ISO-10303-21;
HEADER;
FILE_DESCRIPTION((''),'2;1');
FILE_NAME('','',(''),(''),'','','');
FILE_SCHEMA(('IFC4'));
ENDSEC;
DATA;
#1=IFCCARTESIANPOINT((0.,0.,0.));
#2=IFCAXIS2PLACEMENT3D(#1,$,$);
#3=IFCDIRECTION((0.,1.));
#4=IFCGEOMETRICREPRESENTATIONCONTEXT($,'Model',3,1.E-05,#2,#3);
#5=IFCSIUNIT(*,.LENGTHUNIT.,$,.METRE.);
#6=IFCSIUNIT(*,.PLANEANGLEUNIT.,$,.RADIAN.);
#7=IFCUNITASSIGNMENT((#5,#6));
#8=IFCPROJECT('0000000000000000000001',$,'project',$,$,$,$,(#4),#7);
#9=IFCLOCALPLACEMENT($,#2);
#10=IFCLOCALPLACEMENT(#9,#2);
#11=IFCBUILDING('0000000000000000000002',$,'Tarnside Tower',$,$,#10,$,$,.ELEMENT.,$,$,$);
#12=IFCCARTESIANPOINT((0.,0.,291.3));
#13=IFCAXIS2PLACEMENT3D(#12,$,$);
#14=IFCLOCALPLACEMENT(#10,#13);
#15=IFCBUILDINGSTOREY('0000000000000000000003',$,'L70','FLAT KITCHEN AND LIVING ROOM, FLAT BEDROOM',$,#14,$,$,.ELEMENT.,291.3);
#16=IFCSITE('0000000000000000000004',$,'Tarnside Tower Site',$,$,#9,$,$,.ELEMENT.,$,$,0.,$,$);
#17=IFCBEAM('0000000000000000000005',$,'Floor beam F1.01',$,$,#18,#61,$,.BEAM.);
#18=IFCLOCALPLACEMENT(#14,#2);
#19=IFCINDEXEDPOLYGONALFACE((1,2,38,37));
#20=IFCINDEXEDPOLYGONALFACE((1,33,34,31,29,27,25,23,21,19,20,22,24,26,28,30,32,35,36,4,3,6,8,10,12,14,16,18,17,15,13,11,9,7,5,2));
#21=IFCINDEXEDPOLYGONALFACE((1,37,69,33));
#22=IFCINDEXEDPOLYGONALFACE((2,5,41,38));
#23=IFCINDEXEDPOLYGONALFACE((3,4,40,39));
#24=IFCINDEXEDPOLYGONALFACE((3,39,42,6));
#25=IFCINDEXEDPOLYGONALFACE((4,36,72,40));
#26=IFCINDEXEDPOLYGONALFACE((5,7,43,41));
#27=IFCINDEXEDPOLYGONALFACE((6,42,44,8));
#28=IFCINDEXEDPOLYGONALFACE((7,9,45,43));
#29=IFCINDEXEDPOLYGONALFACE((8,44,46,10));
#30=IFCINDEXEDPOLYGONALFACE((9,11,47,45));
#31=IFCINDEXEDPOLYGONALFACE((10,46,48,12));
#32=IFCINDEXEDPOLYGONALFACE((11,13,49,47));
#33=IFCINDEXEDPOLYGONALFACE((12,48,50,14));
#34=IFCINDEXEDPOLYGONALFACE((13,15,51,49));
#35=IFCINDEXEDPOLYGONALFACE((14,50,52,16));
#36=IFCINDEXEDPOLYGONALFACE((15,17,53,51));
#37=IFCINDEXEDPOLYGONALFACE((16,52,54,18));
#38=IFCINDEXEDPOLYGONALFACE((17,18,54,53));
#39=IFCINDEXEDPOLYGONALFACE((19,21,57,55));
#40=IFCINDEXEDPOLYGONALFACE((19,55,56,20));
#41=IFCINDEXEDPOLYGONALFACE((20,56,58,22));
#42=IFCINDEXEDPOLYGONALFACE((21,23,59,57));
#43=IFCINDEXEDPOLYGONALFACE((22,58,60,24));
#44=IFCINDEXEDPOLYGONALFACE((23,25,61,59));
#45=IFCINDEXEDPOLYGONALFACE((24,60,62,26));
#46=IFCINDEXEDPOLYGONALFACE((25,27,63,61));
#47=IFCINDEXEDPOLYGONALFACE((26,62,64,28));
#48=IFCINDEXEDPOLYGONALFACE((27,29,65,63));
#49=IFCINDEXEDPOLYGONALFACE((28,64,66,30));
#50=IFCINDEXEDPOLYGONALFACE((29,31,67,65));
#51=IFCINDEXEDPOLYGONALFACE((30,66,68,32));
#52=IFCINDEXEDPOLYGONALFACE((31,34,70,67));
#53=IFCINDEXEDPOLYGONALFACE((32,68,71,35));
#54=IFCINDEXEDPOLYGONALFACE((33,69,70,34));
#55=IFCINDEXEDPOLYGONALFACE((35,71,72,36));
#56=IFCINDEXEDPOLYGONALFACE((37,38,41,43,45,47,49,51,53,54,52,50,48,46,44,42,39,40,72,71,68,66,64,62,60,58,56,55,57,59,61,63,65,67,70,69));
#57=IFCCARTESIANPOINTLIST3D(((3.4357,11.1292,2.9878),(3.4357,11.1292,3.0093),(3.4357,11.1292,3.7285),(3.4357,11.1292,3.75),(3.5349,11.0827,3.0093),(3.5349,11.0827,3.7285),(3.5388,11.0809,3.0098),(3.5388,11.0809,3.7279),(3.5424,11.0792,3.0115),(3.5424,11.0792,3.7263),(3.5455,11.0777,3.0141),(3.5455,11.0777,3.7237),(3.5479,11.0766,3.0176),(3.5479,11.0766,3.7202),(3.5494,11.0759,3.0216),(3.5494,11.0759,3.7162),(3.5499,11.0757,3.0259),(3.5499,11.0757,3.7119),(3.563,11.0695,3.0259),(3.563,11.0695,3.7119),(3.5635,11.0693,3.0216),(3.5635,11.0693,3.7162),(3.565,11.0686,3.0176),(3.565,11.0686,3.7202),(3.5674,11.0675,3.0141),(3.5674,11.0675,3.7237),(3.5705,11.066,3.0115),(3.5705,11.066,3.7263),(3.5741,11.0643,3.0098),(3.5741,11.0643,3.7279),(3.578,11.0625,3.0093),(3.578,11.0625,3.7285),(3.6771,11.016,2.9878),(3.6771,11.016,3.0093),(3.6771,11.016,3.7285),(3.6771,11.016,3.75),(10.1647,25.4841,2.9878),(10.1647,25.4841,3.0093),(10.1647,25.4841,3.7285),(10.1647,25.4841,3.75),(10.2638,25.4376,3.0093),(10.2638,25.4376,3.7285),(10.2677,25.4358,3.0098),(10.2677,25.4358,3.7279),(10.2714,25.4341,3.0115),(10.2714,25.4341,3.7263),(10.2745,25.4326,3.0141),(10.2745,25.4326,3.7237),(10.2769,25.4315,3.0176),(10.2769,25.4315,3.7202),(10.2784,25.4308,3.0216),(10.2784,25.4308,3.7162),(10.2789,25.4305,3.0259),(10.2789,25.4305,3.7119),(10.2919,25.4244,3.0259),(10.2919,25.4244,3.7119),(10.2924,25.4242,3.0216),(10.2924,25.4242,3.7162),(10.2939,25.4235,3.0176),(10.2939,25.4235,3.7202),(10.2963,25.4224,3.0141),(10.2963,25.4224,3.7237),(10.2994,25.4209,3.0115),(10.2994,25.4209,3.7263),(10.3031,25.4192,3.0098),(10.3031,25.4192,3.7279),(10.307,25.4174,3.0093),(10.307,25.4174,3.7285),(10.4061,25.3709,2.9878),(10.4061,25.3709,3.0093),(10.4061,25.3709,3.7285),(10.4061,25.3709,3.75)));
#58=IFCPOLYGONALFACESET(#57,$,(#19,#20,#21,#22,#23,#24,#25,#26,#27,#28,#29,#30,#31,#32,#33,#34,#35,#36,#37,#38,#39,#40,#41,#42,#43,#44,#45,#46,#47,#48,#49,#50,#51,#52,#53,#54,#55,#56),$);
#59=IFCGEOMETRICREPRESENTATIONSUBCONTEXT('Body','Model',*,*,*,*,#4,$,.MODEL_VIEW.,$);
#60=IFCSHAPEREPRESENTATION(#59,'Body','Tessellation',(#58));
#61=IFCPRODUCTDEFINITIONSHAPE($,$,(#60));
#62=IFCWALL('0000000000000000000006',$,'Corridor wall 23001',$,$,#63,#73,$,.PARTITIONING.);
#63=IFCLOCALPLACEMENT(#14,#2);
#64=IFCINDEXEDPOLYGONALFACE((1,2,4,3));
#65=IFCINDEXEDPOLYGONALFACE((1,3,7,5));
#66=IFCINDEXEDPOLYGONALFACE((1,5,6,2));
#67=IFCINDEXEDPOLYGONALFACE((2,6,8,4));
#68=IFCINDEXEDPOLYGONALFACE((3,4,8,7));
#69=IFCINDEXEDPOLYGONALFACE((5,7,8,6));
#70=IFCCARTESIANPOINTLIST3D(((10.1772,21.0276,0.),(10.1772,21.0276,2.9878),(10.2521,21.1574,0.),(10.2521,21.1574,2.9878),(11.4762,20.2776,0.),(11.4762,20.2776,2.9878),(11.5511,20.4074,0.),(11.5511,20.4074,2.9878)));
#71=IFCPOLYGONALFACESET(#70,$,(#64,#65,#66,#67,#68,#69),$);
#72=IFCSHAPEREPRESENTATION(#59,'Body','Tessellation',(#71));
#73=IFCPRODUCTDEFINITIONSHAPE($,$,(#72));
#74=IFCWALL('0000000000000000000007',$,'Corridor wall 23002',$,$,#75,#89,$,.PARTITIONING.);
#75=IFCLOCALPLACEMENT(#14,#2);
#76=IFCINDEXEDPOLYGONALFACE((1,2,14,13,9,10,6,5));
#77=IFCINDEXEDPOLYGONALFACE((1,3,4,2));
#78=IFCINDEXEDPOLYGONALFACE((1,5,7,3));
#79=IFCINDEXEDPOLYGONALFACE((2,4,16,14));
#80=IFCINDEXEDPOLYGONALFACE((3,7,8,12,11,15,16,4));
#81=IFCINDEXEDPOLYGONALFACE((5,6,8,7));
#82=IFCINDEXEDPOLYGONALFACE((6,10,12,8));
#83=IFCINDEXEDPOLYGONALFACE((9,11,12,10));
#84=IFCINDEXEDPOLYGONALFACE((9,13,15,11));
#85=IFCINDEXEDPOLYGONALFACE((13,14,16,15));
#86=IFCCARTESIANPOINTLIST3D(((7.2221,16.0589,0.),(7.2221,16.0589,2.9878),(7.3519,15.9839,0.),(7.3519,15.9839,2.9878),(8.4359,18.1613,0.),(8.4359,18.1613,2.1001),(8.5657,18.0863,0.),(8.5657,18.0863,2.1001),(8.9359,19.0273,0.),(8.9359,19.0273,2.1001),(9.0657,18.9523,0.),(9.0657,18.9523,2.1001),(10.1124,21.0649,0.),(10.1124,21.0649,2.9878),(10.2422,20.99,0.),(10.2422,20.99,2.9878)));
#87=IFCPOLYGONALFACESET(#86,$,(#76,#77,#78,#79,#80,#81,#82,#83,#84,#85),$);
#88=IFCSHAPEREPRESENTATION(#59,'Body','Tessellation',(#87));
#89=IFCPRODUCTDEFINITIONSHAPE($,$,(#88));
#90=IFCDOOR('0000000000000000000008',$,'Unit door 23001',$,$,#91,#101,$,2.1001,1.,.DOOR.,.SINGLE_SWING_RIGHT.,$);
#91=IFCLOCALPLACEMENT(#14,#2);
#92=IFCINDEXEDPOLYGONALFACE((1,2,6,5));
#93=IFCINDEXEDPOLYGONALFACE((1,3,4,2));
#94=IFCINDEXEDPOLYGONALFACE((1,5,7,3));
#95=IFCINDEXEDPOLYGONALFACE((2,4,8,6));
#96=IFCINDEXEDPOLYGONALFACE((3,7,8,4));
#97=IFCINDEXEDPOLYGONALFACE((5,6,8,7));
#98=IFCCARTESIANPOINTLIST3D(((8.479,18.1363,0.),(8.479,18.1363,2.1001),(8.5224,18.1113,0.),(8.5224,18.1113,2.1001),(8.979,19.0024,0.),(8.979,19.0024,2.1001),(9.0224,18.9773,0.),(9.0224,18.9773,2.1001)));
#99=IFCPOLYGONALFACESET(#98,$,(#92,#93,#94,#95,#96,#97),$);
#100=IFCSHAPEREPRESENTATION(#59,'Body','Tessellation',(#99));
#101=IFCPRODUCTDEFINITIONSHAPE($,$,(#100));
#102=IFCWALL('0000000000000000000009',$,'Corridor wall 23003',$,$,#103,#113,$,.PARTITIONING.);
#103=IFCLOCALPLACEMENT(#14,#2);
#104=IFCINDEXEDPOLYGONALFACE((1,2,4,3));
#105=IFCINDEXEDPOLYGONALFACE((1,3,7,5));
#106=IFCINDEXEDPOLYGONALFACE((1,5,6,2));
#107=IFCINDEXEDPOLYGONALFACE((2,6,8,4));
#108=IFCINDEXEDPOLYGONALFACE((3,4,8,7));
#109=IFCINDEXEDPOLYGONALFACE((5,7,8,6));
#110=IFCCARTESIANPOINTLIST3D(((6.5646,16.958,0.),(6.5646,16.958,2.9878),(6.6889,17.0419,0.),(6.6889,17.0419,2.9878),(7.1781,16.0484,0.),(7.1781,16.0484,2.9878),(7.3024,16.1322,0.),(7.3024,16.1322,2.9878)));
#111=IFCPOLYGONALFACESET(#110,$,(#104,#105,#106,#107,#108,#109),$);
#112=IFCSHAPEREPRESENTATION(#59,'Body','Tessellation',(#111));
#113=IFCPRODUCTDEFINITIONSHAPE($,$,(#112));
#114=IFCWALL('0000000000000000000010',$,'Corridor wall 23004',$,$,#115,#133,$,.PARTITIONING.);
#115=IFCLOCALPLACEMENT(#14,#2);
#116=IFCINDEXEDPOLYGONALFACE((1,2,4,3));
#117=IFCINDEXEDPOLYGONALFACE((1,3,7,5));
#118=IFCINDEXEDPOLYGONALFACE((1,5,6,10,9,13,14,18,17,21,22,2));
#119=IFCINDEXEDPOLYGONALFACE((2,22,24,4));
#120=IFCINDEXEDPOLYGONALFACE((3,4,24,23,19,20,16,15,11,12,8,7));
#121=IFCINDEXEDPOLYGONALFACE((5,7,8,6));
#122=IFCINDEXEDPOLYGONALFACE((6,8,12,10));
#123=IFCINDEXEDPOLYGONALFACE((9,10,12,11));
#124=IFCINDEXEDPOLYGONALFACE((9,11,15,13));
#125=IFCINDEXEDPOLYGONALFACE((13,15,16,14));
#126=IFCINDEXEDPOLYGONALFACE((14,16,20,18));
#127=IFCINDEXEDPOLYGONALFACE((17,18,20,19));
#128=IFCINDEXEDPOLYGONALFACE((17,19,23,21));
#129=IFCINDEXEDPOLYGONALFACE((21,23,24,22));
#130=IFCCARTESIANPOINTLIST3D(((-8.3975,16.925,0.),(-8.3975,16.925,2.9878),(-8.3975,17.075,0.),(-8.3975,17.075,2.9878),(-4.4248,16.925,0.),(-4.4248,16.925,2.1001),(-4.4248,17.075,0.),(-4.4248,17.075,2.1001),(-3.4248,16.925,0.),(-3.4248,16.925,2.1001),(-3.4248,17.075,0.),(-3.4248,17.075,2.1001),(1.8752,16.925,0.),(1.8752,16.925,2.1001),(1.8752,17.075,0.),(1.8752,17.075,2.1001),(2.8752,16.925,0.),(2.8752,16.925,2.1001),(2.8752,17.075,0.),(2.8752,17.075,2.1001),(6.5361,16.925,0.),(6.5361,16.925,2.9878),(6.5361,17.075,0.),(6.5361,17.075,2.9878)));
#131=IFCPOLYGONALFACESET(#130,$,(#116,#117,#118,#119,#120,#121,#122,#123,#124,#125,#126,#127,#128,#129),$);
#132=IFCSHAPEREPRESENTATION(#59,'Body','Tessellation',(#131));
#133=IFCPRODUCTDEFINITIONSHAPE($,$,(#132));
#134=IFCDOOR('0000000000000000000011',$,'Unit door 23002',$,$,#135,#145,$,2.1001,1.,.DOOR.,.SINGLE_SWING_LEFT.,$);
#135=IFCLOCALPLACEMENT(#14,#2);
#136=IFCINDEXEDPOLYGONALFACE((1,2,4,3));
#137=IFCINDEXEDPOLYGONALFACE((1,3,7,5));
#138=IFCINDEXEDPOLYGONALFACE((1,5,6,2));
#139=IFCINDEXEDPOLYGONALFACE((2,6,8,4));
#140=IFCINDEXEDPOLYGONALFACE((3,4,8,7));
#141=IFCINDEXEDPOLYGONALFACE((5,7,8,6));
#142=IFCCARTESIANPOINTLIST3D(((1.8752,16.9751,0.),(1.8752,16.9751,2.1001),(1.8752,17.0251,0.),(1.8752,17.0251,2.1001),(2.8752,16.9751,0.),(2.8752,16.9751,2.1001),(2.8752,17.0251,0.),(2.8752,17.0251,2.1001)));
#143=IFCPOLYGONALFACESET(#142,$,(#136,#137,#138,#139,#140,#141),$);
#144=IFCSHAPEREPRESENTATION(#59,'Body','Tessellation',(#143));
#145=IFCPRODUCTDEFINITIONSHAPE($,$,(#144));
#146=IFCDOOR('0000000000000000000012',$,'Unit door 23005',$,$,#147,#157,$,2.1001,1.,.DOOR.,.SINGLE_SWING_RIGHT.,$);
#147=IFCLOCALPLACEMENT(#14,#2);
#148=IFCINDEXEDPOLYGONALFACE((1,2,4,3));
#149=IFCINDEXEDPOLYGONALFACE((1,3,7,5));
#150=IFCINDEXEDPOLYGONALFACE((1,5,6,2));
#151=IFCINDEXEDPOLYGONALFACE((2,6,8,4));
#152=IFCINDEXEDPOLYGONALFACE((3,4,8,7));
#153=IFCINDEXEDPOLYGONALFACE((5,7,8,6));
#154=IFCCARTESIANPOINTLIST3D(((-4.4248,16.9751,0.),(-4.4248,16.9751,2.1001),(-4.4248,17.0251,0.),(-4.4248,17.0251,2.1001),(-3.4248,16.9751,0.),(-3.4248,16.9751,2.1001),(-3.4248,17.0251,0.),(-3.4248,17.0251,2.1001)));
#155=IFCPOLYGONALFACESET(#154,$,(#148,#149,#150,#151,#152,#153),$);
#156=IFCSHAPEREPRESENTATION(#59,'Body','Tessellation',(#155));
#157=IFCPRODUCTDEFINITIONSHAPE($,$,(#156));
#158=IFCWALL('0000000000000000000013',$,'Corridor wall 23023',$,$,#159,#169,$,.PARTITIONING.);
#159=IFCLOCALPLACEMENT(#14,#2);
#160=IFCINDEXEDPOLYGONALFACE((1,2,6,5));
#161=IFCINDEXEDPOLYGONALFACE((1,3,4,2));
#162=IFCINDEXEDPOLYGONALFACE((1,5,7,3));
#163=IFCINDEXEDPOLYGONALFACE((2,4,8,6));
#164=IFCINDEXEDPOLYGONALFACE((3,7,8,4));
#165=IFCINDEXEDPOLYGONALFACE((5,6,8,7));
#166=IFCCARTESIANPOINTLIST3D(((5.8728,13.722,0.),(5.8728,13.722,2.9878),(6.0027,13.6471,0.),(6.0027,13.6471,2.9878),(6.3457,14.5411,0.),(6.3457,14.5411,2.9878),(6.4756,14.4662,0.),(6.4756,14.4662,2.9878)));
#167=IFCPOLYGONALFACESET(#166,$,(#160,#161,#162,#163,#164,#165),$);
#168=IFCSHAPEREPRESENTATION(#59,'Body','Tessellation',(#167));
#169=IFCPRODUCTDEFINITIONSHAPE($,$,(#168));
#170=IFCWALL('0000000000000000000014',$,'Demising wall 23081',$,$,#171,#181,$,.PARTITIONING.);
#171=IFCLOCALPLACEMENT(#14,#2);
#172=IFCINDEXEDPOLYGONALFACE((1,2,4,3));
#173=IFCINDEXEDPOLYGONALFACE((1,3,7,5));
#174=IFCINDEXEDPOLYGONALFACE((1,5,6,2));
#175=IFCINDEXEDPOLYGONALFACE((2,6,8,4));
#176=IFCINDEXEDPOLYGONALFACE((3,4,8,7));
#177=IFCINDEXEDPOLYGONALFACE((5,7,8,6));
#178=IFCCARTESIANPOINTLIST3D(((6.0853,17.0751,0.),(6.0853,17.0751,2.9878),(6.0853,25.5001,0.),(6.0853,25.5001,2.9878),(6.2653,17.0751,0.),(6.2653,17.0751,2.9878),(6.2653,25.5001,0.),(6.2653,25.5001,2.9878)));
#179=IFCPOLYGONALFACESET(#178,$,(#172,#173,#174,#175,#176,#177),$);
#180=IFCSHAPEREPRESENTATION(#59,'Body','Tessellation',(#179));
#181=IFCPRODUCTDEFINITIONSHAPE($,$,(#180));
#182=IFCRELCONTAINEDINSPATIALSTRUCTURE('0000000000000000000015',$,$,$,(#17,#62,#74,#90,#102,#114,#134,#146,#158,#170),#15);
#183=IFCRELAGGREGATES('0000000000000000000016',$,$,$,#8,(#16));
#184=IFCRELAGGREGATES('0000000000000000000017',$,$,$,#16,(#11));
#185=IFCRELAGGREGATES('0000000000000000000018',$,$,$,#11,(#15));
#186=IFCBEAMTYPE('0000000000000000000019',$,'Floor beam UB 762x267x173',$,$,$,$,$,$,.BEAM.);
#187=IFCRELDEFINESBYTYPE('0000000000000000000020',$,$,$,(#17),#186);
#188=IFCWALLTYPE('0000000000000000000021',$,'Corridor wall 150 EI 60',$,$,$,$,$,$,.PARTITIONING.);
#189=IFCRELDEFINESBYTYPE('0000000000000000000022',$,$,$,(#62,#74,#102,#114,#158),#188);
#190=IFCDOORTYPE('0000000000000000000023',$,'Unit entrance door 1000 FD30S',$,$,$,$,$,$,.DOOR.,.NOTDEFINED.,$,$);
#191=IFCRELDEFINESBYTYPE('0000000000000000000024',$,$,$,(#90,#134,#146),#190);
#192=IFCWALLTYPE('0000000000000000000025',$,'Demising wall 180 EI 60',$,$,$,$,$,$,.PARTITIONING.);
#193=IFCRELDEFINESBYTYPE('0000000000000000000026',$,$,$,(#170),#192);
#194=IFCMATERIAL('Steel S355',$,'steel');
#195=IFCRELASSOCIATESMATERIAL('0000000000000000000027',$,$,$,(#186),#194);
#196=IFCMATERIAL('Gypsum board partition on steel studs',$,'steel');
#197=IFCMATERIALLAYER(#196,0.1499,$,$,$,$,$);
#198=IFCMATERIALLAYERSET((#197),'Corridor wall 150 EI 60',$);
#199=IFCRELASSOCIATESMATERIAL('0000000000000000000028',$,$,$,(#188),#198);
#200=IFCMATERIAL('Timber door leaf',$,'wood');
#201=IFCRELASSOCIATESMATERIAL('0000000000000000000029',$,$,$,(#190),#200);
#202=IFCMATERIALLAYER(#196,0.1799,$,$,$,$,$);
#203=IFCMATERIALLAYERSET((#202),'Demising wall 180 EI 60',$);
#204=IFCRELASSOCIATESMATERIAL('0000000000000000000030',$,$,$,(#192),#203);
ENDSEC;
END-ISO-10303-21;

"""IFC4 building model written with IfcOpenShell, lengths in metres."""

from ifc_helpers import new_model, si_unit, direction, frame, frame_2d, origin, origin_2d, place, context, subcontext, project, spatial, rectangle, i_section, extrude, material, layer, layer_set, material_profile, profile_set, type_object, element, fill, save


model = new_model("IFC4")

# Units and contexts
model_context = context("Model", 3, precision=1e-05, world=origin(), true_north=direction((0.0, 1.0)))
body_context = subcontext(model_context, "Body", "Model", "MODEL_VIEW")
ifc_project = project(units=[si_unit("LENGTHUNIT", "METRE"), si_unit("PLANEANGLEUNIT", "RADIAN")], contexts=[model_context])

# Site, building, storey
site_placement = place(None, origin())
site = spatial("IfcSite", under=ifc_project, at=site_placement, Name="Tarnside Tower Site", CompositionType="ELEMENT", RefElevation=0.0)
building_placement = place(site_placement, origin())
building = spatial("IfcBuilding", under=site, at=building_placement, Name="Tarnside Tower", CompositionType="ELEMENT")
storey_placement = place(building_placement, frame((0.0, 0.0, 291.3)))
storey = spatial("IfcBuildingStorey", under=building, at=storey_placement, Name="L70", Description="FLAT KITCHEN AND LIVING ROOM, FLAT BEDROOM", CompositionType="ELEMENT", Elevation=291.3)

# Beam
ifc_material_1 = material(Name="Steel S355", Category="steel")
ifc_material_profile = material_profile(ifc_material_1, i_section(OverallWidth=0.2666, OverallDepth=0.7622, WebThickness=0.0144, FlangeThickness=0.0215, FilletRadius=0.0166, at=origin_2d()), Name="UB 762x267x173")
ifc_profile_set = profile_set([ifc_material_profile], Name="Steel S355")
beam_type = type_object("IfcBeamType", Name="Floor beam UB 762x267x173", PredefinedType="BEAM", material=ifc_profile_set)
beam_placement = place(storey_placement, frame((10.2854, 25.4275, 3.3689), z_axis=(-0.424439, -0.905456, 0.0), x_axis=(0.905456, -0.424439, 0.0)))
element("IfcBeam", 1, at=beam_placement, inside=storey, type_object=beam_type, Name="Floor beam F1.01", PredefinedType="BEAM", context=body_context, shape_type="SweptSolid", body=[
    extrude(i_section(OverallWidth=0.2666, OverallDepth=0.7622, WebThickness=0.0144, FlangeThickness=0.0215, FilletRadius=0.0166, at=origin_2d()), origin(), (0.0, 0.0, 1.0), 15.8538),
])

# Wall
ifc_material_2 = material(Name="Gypsum board partition on steel studs", Category="steel")
ifc_layer_1 = layer(ifc_material_2, 0.1499)
ifc_layer_set_1 = layer_set([ifc_layer_1], Name="Corridor wall 150 EI 60")
wall_type_1 = type_object("IfcWallType", Name="Corridor wall 150 EI 60", PredefinedType="PARTITIONING", material=ifc_layer_set_1)
wall_1_placement = place(storey_placement, frame((11.5137, 20.3425, 0.0), z_axis=(0.0, 0.0, 1.0), x_axis=(-0.866031, 0.49999, 0.0)))
element("IfcWall", 2, at=wall_1_placement, inside=storey, type_object=wall_type_1, Name="Corridor wall 23001", PredefinedType="PARTITIONING", context=body_context, shape_type="SweptSolid", body=[
    extrude(rectangle(XDim=1.5, YDim=0.1499, at=frame_2d((0.75, 0.0))), origin(), (0.0, 0.0, 1.0), 2.9878),
])

# Wall, opening, door
wall_2_placement = place(storey_placement, frame((10.1772, 21.0273, 0.0), z_axis=(0.0, 0.0, 1.0), x_axis=(-0.500014, -0.866017, 0.0)))
wall_2 = element("IfcWall", 3, at=wall_2_placement, inside=storey, type_object=wall_type_1, Name="Corridor wall 23002", PredefinedType="PARTITIONING", context=body_context, shape_type="SweptSolid", body=[
    extrude(rectangle(XDim=5.7805, YDim=0.1499, at=frame_2d((2.8901, 0.0))), origin(), (0.0, 0.0, 1.0), 2.9878),
])
opening_1_placement = place(wall_2_placement, frame((2.3528, 0.0, 0.0)))
opening_1 = element("IfcOpeningElement", 4, at=opening_1_placement, cuts=wall_2, PredefinedType="OPENING", context=body_context, shape_type="SweptSolid", body=[
    extrude(rectangle(XDim=1.0, YDim=2.1001, at=frame_2d((0.5, 1.05))), frame((0.0, 0.085, 0.0), z_axis=(0.0, -1.0, 0.0), x_axis=(1.0, 0.0, 0.0)), (0.0, 0.0, 1.0), 0.1699),
])
ifc_material_3 = material(Name="Timber door leaf", Category="wood")
door_type = type_object("IfcDoorType", Name="Unit entrance door 1000 FD30S", OperationType="NOTDEFINED", PredefinedType="DOOR", material=ifc_material_3)
door_1_placement = place(opening_1_placement, origin())
door_1 = element("IfcDoor", 5, at=door_1_placement, inside=storey, type_object=door_type, Name="Unit door 23001", OperationType="SINGLE_SWING_RIGHT", OverallHeight=2.1001, OverallWidth=1.0, PredefinedType="DOOR", context=body_context, shape_type="SweptSolid", body=[
    extrude(rectangle(XDim=1.0, YDim=2.1001, at=frame_2d((0.5, 1.05))), frame((0.0, 0.0249, 0.0), z_axis=(0.0, -1.0, 0.0), x_axis=(1.0, 0.0, 0.0)), (0.0, 0.0, 1.0), 0.05),
])
fill(opening_1, door_1)

# Wall
wall_3_placement = place(storey_placement, frame((7.2402, 16.0903, 0.0), z_axis=(0.0, 0.0, 1.0), x_axis=(-0.559159, 0.82906, 0.0)))
element("IfcWall", 6, at=wall_3_placement, inside=storey, type_object=wall_type_1, Name="Corridor wall 23003", PredefinedType="PARTITIONING", context=body_context, shape_type="SweptSolid", body=[
    extrude(rectangle(XDim=1.0972, YDim=0.1499, at=frame_2d((0.5486, 0.0))), origin(), (0.0, 0.0, 1.0), 2.9878),
])

# Wall, openings, doors
wall_4_placement = place(storey_placement, frame((6.5361, 17.0, 0.0), z_axis=(0.0, 0.0, 1.0), x_axis=(-1.0, 0.0, 0.0)))
wall_4 = element("IfcWall", 7, at=wall_4_placement, inside=storey, type_object=wall_type_1, Name="Corridor wall 23004", PredefinedType="PARTITIONING", context=body_context, shape_type="SweptSolid", body=[
    extrude(rectangle(XDim=14.9336, YDim=0.1499, at=frame_2d((7.4668, 0.0))), origin(), (0.0, 0.0, 1.0), 2.9878),
])
opening_2_placement = place(wall_4_placement, frame((3.6609, 0.0, 0.0)))
opening_2 = element("IfcOpeningElement", 8, at=opening_2_placement, cuts=wall_4, PredefinedType="OPENING", context=body_context, shape_type="SweptSolid", body=[
    extrude(rectangle(XDim=1.0, YDim=2.1001, at=frame_2d((0.5, 1.05))), frame((0.0, 0.085, 0.0), z_axis=(0.0, -1.0, 0.0), x_axis=(1.0, 0.0, 0.0)), (0.0, 0.0, 1.0), 0.1699),
])
opening_3_placement = place(wall_4_placement, frame((9.9609, 0.0, 0.0)))
opening_3 = element("IfcOpeningElement", 9, at=opening_3_placement, cuts=wall_4, PredefinedType="OPENING", context=body_context, shape_type="SweptSolid", body=[
    extrude(rectangle(XDim=1.0, YDim=2.1001, at=frame_2d((0.5, 1.05))), frame((0.0, 0.085, 0.0), z_axis=(0.0, -1.0, 0.0), x_axis=(1.0, 0.0, 0.0)), (0.0, 0.0, 1.0), 0.1699),
])
door_2_placement = place(opening_2_placement, origin())
door_2 = element("IfcDoor", 10, at=door_2_placement, inside=storey, type_object=door_type, Name="Unit door 23002", OperationType="SINGLE_SWING_LEFT", OverallHeight=2.1001, OverallWidth=1.0, PredefinedType="DOOR", context=body_context, shape_type="SweptSolid", body=[
    extrude(rectangle(XDim=1.0, YDim=2.1001, at=frame_2d((0.5, 1.05))), frame((0.0, 0.0249, 0.0), z_axis=(0.0, -1.0, 0.0), x_axis=(1.0, 0.0, 0.0)), (0.0, 0.0, 1.0), 0.05),
])
fill(opening_2, door_2)
door_3_placement = place(opening_3_placement, origin())
door_3 = element("IfcDoor", 11, at=door_3_placement, inside=storey, type_object=door_type, Name="Unit door 23005", OperationType="SINGLE_SWING_RIGHT", OverallHeight=2.1001, OverallWidth=1.0, PredefinedType="DOOR", context=body_context, shape_type="SweptSolid", body=[
    extrude(rectangle(XDim=1.0, YDim=2.1001, at=frame_2d((0.5, 1.05))), frame((0.0, 0.0249, 0.0), z_axis=(0.0, -1.0, 0.0), x_axis=(1.0, 0.0, 0.0)), (0.0, 0.0, 1.0), 0.05),
])
fill(opening_3, door_3)

# Walls
wall_5_placement = place(storey_placement, frame((6.4106, 14.5037, 0.0), z_axis=(0.0, 0.0, 1.0), x_axis=(-0.499998, -0.866027, 0.0)))
element("IfcWall", 12, at=wall_5_placement, inside=storey, type_object=wall_type_1, Name="Corridor wall 23023", PredefinedType="PARTITIONING", context=body_context, shape_type="SweptSolid", body=[
    extrude(rectangle(XDim=0.9458, YDim=0.1499, at=frame_2d((0.4729, 0.0))), origin(), (0.0, 0.0, 1.0), 2.9878),
])
ifc_layer_2 = layer(ifc_material_2, 0.1799)
ifc_layer_set_2 = layer_set([ifc_layer_2], Name="Demising wall 180 EI 60")
wall_type_2 = type_object("IfcWallType", Name="Demising wall 180 EI 60", PredefinedType="PARTITIONING", material=ifc_layer_set_2)
wall_6_placement = place(storey_placement, frame((6.1753, 25.5, 0.0), z_axis=(0.0, 0.0, 1.0), x_axis=(0.0, -1.0, 0.0)))
element("IfcWall", 13, at=wall_6_placement, inside=storey, type_object=wall_type_2, Name="Demising wall 23081", PredefinedType="PARTITIONING", context=body_context, shape_type="SweptSolid", body=[
    extrude(rectangle(XDim=8.425, YDim=0.1799, at=frame_2d((4.2124, 0.0))), origin(), (0.0, 0.0, 1.0), 2.9878),
])

save(model, "model.ifc")
